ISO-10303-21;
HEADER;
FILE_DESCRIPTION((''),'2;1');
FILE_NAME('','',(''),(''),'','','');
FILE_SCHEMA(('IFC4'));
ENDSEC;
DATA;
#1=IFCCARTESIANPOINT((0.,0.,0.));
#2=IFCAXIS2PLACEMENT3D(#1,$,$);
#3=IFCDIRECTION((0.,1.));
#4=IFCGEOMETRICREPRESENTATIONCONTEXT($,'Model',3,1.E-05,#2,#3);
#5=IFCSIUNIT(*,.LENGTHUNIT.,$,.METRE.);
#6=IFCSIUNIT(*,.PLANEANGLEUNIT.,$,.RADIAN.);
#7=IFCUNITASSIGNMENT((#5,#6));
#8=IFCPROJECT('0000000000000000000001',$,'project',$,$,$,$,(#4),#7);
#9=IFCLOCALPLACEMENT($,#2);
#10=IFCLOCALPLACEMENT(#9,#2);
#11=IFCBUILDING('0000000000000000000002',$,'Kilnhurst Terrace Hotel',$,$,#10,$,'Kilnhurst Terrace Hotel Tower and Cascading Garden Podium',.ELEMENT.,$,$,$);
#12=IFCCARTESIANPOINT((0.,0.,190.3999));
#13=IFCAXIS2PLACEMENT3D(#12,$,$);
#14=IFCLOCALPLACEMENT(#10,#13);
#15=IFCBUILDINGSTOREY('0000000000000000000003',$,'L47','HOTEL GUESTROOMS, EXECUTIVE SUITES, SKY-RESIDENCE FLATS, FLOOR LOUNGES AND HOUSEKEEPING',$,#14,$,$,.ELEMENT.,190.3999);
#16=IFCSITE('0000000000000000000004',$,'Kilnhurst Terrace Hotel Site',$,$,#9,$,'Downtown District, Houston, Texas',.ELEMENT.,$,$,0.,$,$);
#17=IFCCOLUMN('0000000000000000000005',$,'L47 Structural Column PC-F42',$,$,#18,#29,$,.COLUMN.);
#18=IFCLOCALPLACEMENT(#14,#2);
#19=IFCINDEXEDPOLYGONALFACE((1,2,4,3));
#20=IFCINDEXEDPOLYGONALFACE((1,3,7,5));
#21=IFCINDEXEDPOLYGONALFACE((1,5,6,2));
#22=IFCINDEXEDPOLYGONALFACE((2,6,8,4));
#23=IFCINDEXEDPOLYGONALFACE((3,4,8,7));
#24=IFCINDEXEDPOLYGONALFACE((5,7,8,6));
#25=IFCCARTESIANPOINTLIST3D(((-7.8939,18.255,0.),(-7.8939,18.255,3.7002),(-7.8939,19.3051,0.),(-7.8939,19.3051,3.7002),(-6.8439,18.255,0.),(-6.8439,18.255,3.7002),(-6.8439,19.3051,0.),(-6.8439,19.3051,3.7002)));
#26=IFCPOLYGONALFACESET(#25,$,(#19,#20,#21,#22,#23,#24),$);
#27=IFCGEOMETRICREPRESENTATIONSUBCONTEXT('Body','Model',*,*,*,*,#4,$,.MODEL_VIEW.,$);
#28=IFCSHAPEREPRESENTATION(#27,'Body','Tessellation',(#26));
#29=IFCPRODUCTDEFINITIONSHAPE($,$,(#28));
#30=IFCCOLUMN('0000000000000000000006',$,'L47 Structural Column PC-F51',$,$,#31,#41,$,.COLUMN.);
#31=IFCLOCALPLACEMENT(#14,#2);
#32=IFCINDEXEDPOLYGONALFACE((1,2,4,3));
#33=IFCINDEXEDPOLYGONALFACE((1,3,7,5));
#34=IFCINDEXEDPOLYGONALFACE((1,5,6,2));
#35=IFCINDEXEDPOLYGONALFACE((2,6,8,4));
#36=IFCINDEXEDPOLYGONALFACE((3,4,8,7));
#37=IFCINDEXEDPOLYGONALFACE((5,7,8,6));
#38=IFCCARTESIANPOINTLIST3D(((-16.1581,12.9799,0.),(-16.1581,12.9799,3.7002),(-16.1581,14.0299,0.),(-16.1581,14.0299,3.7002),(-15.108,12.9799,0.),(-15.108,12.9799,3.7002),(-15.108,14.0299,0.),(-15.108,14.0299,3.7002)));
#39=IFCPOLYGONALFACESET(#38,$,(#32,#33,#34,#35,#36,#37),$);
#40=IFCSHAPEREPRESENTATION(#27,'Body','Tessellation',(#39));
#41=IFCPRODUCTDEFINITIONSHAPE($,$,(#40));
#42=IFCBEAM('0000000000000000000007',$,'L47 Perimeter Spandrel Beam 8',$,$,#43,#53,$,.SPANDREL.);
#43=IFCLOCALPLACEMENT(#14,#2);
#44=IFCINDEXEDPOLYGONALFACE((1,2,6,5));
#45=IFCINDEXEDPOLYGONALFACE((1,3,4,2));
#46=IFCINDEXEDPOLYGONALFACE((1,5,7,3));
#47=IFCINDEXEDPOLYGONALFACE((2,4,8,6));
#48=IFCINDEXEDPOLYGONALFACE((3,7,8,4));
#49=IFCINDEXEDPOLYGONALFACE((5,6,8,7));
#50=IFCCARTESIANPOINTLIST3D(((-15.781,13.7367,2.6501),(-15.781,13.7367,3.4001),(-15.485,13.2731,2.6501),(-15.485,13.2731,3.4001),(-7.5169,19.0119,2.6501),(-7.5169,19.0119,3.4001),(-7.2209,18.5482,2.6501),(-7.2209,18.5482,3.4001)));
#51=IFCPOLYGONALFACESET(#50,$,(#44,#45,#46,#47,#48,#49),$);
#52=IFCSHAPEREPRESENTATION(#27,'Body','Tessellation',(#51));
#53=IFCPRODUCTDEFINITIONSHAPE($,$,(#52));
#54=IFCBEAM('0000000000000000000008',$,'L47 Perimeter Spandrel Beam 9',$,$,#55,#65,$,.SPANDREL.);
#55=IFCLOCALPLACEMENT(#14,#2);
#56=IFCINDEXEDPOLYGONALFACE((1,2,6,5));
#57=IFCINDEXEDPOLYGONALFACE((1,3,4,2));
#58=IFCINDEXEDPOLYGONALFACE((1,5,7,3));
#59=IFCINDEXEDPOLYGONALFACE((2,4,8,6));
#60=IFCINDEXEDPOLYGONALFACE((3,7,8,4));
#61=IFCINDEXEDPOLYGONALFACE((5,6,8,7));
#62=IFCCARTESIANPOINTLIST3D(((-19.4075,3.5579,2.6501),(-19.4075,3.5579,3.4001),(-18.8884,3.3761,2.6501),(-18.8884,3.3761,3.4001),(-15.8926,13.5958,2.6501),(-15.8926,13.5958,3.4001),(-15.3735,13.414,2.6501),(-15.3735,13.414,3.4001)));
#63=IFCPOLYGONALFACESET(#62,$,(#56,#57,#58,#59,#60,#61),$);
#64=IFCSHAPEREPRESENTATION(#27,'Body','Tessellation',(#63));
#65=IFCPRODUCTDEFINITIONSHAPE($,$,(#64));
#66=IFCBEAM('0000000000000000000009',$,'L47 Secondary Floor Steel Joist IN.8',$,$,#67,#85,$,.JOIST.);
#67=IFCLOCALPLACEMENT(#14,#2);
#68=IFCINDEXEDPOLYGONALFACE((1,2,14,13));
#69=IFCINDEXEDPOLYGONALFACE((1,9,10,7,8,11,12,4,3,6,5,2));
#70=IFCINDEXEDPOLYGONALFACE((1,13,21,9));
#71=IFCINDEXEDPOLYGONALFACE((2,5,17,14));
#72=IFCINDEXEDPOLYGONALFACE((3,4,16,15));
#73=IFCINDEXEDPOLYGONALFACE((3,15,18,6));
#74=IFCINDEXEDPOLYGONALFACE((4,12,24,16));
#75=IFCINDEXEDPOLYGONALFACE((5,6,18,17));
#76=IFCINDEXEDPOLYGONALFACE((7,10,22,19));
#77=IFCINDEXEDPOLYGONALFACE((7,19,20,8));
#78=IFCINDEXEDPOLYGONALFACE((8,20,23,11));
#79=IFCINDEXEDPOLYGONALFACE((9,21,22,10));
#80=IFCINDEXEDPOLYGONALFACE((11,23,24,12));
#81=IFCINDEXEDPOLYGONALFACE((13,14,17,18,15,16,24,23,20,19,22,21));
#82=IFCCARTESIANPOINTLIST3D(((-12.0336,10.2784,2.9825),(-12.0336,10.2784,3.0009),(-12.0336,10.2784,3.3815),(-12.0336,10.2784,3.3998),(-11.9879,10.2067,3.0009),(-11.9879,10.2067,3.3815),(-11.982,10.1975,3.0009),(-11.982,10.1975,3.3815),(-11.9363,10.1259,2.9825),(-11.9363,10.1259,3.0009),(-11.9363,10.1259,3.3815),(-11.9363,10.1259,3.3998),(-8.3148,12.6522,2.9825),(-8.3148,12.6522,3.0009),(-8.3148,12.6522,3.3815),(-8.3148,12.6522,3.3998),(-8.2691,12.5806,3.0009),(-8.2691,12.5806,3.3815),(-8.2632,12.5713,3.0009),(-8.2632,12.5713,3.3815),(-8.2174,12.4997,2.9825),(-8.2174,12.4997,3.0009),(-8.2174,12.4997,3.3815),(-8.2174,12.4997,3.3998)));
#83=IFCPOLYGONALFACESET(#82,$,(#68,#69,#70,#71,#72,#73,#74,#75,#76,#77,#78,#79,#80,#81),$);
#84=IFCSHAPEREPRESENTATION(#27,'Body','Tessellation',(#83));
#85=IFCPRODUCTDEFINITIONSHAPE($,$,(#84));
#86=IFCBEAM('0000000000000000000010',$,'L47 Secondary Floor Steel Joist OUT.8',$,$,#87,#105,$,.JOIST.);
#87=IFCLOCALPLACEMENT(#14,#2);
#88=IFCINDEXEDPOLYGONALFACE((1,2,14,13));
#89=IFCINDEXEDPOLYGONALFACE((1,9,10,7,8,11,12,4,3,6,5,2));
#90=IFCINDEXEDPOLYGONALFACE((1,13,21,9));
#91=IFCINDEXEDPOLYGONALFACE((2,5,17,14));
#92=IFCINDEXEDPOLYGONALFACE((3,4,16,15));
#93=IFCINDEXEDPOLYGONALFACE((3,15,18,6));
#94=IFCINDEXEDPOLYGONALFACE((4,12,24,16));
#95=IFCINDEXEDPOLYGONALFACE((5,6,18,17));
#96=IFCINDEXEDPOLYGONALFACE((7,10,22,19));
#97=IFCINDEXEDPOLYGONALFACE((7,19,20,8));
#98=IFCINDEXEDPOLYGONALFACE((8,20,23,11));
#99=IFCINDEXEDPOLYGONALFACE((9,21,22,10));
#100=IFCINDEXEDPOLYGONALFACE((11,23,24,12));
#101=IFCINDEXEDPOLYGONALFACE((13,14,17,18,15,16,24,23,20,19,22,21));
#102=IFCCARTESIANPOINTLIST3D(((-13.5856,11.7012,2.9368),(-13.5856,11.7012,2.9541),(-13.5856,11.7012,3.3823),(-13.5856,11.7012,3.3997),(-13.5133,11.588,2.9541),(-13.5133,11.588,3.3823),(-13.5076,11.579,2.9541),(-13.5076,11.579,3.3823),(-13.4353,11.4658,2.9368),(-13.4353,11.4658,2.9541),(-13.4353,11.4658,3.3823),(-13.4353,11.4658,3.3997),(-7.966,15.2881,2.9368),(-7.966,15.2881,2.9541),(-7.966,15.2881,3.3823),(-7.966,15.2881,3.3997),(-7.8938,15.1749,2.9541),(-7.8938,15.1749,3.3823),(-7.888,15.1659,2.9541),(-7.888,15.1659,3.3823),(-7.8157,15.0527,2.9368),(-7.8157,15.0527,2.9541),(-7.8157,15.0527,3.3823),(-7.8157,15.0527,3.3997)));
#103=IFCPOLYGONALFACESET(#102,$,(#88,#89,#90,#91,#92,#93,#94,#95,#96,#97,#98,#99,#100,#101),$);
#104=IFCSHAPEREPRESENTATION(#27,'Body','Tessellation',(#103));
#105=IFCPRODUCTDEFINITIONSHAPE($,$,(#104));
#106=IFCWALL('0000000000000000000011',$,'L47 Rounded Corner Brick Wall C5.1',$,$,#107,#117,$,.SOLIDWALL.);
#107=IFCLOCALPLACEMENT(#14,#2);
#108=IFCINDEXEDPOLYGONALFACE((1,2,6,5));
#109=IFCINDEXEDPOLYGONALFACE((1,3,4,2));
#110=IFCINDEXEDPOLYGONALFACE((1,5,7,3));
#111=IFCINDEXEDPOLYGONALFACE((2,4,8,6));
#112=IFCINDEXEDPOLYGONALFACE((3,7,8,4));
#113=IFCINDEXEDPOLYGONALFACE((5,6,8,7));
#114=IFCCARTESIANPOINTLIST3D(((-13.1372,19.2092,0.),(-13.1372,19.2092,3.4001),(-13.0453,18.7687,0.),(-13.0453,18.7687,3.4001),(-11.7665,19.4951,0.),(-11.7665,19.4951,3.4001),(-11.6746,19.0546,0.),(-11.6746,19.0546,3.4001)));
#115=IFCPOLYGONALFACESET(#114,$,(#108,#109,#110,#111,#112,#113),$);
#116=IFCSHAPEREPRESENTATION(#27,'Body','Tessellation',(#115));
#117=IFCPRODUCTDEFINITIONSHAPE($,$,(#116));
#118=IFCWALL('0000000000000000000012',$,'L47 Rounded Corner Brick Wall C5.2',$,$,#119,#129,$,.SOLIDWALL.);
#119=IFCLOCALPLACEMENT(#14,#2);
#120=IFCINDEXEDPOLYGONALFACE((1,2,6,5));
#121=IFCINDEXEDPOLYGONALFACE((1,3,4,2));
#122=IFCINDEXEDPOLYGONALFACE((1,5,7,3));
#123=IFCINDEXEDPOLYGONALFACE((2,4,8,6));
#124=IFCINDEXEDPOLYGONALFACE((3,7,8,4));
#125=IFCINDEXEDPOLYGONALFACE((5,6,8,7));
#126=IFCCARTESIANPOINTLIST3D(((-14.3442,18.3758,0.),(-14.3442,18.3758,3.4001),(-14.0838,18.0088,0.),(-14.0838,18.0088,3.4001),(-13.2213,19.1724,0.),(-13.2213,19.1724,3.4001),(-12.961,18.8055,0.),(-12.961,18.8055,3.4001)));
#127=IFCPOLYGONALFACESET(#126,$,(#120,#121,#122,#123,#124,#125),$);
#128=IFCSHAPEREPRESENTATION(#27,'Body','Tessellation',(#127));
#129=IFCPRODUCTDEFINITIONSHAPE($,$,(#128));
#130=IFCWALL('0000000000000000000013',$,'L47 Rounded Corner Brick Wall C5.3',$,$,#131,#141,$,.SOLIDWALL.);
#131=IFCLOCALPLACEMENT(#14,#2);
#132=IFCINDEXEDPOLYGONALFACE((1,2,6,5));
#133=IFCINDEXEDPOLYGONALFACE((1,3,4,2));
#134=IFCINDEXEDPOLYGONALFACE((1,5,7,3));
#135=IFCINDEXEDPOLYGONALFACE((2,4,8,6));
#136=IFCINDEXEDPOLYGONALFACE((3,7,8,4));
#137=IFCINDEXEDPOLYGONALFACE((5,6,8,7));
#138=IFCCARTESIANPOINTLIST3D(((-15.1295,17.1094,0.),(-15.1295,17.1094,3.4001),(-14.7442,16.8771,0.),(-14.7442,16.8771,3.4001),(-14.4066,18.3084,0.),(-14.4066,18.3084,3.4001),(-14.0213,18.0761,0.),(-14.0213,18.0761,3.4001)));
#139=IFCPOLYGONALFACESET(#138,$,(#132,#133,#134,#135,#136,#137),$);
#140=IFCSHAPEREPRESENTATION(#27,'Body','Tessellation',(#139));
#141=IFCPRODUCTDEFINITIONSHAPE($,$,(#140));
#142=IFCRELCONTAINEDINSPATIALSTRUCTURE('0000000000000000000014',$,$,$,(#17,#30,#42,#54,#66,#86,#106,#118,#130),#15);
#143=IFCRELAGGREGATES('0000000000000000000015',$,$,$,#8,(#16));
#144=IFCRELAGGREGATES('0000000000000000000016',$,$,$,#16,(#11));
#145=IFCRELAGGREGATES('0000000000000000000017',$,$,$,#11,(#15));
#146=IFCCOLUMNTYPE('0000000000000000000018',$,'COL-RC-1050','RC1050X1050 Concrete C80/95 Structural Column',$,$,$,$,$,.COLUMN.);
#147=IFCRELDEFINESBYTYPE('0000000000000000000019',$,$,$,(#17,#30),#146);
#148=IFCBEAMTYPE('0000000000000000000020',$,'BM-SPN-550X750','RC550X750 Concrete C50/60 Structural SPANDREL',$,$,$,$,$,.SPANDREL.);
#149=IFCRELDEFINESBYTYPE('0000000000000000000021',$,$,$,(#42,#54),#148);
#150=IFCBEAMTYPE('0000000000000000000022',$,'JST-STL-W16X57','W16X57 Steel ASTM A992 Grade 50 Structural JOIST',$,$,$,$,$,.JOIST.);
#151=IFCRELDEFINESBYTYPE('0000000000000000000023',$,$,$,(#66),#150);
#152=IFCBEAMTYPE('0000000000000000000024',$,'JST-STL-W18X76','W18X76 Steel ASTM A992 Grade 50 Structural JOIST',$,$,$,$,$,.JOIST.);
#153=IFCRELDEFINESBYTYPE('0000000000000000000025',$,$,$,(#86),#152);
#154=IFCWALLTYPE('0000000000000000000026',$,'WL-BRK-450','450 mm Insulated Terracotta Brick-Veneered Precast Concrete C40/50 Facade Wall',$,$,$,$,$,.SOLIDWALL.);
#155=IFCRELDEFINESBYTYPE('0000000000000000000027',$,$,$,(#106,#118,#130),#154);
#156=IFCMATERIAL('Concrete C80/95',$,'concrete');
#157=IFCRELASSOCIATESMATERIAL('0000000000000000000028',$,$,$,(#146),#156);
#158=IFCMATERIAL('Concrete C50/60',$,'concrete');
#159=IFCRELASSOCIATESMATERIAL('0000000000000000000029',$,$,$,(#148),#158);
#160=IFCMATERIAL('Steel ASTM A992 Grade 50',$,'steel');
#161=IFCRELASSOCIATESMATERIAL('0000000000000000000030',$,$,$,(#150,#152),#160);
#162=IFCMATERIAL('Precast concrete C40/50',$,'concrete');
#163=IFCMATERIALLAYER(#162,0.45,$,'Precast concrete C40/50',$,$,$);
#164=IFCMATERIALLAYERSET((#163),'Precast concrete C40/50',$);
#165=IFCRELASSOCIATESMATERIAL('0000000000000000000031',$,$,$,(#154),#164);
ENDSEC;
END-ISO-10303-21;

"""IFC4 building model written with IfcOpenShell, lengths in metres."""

from ifc_helpers import new_model, si_unit, direction, frame, frame_2d, origin, origin_2d, place, context, subcontext, project, spatial, rectangle, i_section, extrude, material, layer, layer_set, material_profile, profile_set, type_object, element, save


model = new_model("IFC4")

# Units and contexts
model_context = context("Model", 3, precision=1e-05, world=origin(), true_north=direction((0.0, 1.0)))
body_context = subcontext(model_context, "Body", "Model", "MODEL_VIEW")
ifc_project = project(units=[si_unit("LENGTHUNIT", "METRE"), si_unit("PLANEANGLEUNIT", "RADIAN")], contexts=[model_context])

# Site, building, storey
site_placement = place(None, origin())
site = spatial("IfcSite", under=ifc_project, at=site_placement, Name="Kilnhurst Terrace Hotel Site", LongName="Downtown District, Houston, Texas", CompositionType="ELEMENT", RefElevation=0.0)
building_placement = place(site_placement, origin())
building = spatial("IfcBuilding", under=site, at=building_placement, Name="Kilnhurst Terrace Hotel", LongName="Kilnhurst Terrace Hotel Tower and Cascading Garden Podium", CompositionType="ELEMENT")
storey_placement = place(building_placement, frame((0.0, 0.0, 190.3999)))
storey = spatial("IfcBuildingStorey", under=building, at=storey_placement, Name="L47", Description="HOTEL GUESTROOMS, EXECUTIVE SUITES, SKY-RESIDENCE FLATS, FLOOR LOUNGES AND HOUSEKEEPING", CompositionType="ELEMENT", Elevation=190.3999)

# Columns
ifc_material_1 = material(Name="Concrete C80/95", Category="concrete")
ifc_material_profile_1 = material_profile(ifc_material_1, rectangle(XDim=1.05, YDim=1.05, at=origin_2d()), Name="RC1050X1050")
ifc_profile_set_1 = profile_set([ifc_material_profile_1], Name="Concrete C80/95")
column_type = type_object("IfcColumnType", Name="COL-RC-1050", Description="RC1050X1050 Concrete C80/95 Structural Column", PredefinedType="COLUMN", material=ifc_profile_set_1)
for number, where, z_axis, x_axis, name in (
    (1, (-7.3689, 18.78, 0.0), (0.0, 0.0, 1.0), (1.0, 0.0, 0.0), "L47 Structural Column PC-F42"),
    (2, (-15.6331, 13.5049, 0.0), (0.0, 0.0, 1.0), (1.0, 0.0, 0.0), "L47 Structural Column PC-F51"),
):
    element("IfcColumn", number, at=place(storey_placement, frame(where, z_axis=z_axis, x_axis=x_axis)), inside=storey, type_object=column_type, Name=name, PredefinedType="COLUMN", context=body_context, shape_type="SweptSolid", body=[
        extrude(rectangle(XDim=1.05, YDim=1.05, at=origin_2d()), origin(), (0.0, 0.0, 1.0), 3.7002),
    ])

# Beams
ifc_material_2 = material(Name="Concrete C50/60", Category="concrete")
ifc_material_profile_2 = material_profile(ifc_material_2, rectangle(XDim=0.55, YDim=0.75, at=origin_2d()), Name="RC550X750")
ifc_profile_set_2 = profile_set([ifc_material_profile_2], Name="Concrete C50/60")
beam_type_1 = type_object("IfcBeamType", Name="BM-SPN-550X750", Description="RC550X750 Concrete C50/60 Structural SPANDREL", PredefinedType="SPANDREL", material=ifc_profile_set_2)
beam_1_placement = place(storey_placement, frame((-7.3689, 18.78, 3.0251), z_axis=(-0.842915, -0.538046, 0.0), x_axis=(0.538046, -0.842915, 0.0)))
element("IfcBeam", 3, at=beam_1_placement, inside=storey, type_object=beam_type_1, Name="L47 Perimeter Spandrel Beam 8", PredefinedType="SPANDREL", context=body_context, shape_type="SweptSolid", body=[
    extrude(rectangle(XDim=0.55, YDim=0.75, at=origin_2d()), origin(), (0.0, 0.0, 1.0), 9.8042),
])
beam_2_placement = place(storey_placement, frame((-15.6331, 13.5049, 3.0251), z_axis=(-0.330488, -0.94381, 0.0), x_axis=(0.94381, -0.330488, 0.0)))
element("IfcBeam", 4, at=beam_2_placement, inside=storey, type_object=beam_type_1, Name="L47 Perimeter Spandrel Beam 9", PredefinedType="SPANDREL", context=body_context, shape_type="SweptSolid", body=[
    extrude(rectangle(XDim=0.55, YDim=0.75, at=origin_2d()), origin(), (0.0, 0.0, 1.0), 10.6355),
])
ifc_material_3 = material(Name="Steel ASTM A992 Grade 50", Category="steel")
ifc_material_profile_3 = material_profile(ifc_material_3, i_section(OverallWidth=0.1809, OverallDepth=0.4172, WebThickness=0.011, FlangeThickness=0.0183, at=origin_2d()), Name="W16X57")
ifc_profile_set_3 = profile_set([ifc_material_profile_3], Name="Steel ASTM A992 Grade 50")
beam_type_2 = type_object("IfcBeamType", Name="JST-STL-W16X57", Description="W16X57 Steel ASTM A992 Grade 50 Structural JOIST", PredefinedType="JOIST", material=ifc_profile_set_3)
beam_3_placement = place(storey_placement, frame((-8.2661, 12.5759, 3.1912), z_axis=(-0.842911, -0.538053, 0.0), x_axis=(0.538053, -0.842911, 0.0)))
element("IfcBeam", 5, at=beam_3_placement, inside=storey, type_object=beam_type_2, Name="L47 Secondary Floor Steel Joist IN.8", PredefinedType="JOIST", context=body_context, shape_type="SweptSolid", body=[
    extrude(i_section(OverallWidth=0.1809, OverallDepth=0.4172, WebThickness=0.011, FlangeThickness=0.0183, at=origin_2d()), origin(), (0.0, 0.0, 1.0), 4.4119),
])
ifc_material_profile_4 = material_profile(ifc_material_3, i_section(OverallWidth=0.2793, OverallDepth=0.4629, WebThickness=0.0107, FlangeThickness=0.0173, at=origin_2d()), Name="W18X76")
ifc_profile_set_4 = profile_set([ifc_material_profile_4], Name="Steel ASTM A992 Grade 50")
beam_type_3 = type_object("IfcBeamType", Name="JST-STL-W18X76", Description="W18X76 Steel ASTM A992 Grade 50 Structural JOIST", PredefinedType="JOIST", material=ifc_profile_set_4)
beam_4_placement = place(storey_placement, frame((-7.8909, 15.1704, 3.1682), z_axis=(-0.842928, -0.538027, 0.0), x_axis=(0.538027, -0.842928, 0.0)))
element("IfcBeam", 6, at=beam_4_placement, inside=storey, type_object=beam_type_3, Name="L47 Secondary Floor Steel Joist OUT.8", PredefinedType="JOIST", context=body_context, shape_type="SweptSolid", body=[
    extrude(i_section(OverallWidth=0.2793, OverallDepth=0.4629, WebThickness=0.0107, FlangeThickness=0.0173, at=origin_2d()), origin(), (0.0, 0.0, 1.0), 6.6667),
])

# Walls
ifc_material_4 = material(Name="Precast concrete C40/50", Category="concrete")
ifc_layer_1 = layer(ifc_material_4, 0.45, Name="Precast concrete C40/50")
ifc_layer_set_1 = layer_set([ifc_layer_1], Name="Precast concrete C40/50")
wall_type_1 = type_object("IfcWallType", Name="WL-BRK-450", Description="450 mm Insulated Terracotta Brick-Veneered Precast Concrete C40/50 Facade Wall", PredefinedType="SOLIDWALL", material=ifc_layer_set_1)
wall_1_placement = place(storey_placement, frame((-11.7205, 19.2749, 0.0), z_axis=(0.0, 0.0, 1.0), x_axis=(-0.978931, -0.204191, 0.0)))
element("IfcWall", 7, at=wall_1_placement, inside=storey, type_object=wall_type_1, Name="L47 Rounded Corner Brick Wall C5.1", PredefinedType="SOLIDWALL", context=body_context, shape_type="SweptSolid", body=[
    extrude(rectangle(XDim=1.4001, YDim=0.45, at=frame_2d((0.7002, 0.0))), origin(), (0.0, 0.0, 1.0), 3.4001),
])
wall_2_placement = place(storey_placement, frame((-13.0911, 18.989, 0.0), z_axis=(0.0, 0.0, 1.0), x_axis=(-0.815575, -0.578652, 0.0)))
element("IfcWall", 8, at=wall_2_placement, inside=storey, type_object=wall_type_1, Name="L47 Rounded Corner Brick Wall C5.2", PredefinedType="SOLIDWALL", context=body_context, shape_type="SweptSolid", body=[
    extrude(rectangle(XDim=1.3767, YDim=0.45, at=frame_2d((0.6885, 0.0))), origin(), (0.0, 0.0, 1.0), 3.4001),
])
wall_3_placement = place(storey_placement, frame((-14.2139, 18.1924, 0.0), z_axis=(0.0, 0.0, 1.0), x_axis=(-0.516341, -0.856383, 0.0)))
element("IfcWall", 9, at=wall_3_placement, inside=storey, type_object=wall_type_1, Name="L47 Rounded Corner Brick Wall C5.3", PredefinedType="SOLIDWALL", context=body_context, shape_type="SweptSolid", body=[
    extrude(rectangle(XDim=1.4001, YDim=0.45, at=frame_2d((0.7002, 0.0))), origin(), (0.0, 0.0, 1.0), 3.4001),
])

save(model, "model.ifc")
